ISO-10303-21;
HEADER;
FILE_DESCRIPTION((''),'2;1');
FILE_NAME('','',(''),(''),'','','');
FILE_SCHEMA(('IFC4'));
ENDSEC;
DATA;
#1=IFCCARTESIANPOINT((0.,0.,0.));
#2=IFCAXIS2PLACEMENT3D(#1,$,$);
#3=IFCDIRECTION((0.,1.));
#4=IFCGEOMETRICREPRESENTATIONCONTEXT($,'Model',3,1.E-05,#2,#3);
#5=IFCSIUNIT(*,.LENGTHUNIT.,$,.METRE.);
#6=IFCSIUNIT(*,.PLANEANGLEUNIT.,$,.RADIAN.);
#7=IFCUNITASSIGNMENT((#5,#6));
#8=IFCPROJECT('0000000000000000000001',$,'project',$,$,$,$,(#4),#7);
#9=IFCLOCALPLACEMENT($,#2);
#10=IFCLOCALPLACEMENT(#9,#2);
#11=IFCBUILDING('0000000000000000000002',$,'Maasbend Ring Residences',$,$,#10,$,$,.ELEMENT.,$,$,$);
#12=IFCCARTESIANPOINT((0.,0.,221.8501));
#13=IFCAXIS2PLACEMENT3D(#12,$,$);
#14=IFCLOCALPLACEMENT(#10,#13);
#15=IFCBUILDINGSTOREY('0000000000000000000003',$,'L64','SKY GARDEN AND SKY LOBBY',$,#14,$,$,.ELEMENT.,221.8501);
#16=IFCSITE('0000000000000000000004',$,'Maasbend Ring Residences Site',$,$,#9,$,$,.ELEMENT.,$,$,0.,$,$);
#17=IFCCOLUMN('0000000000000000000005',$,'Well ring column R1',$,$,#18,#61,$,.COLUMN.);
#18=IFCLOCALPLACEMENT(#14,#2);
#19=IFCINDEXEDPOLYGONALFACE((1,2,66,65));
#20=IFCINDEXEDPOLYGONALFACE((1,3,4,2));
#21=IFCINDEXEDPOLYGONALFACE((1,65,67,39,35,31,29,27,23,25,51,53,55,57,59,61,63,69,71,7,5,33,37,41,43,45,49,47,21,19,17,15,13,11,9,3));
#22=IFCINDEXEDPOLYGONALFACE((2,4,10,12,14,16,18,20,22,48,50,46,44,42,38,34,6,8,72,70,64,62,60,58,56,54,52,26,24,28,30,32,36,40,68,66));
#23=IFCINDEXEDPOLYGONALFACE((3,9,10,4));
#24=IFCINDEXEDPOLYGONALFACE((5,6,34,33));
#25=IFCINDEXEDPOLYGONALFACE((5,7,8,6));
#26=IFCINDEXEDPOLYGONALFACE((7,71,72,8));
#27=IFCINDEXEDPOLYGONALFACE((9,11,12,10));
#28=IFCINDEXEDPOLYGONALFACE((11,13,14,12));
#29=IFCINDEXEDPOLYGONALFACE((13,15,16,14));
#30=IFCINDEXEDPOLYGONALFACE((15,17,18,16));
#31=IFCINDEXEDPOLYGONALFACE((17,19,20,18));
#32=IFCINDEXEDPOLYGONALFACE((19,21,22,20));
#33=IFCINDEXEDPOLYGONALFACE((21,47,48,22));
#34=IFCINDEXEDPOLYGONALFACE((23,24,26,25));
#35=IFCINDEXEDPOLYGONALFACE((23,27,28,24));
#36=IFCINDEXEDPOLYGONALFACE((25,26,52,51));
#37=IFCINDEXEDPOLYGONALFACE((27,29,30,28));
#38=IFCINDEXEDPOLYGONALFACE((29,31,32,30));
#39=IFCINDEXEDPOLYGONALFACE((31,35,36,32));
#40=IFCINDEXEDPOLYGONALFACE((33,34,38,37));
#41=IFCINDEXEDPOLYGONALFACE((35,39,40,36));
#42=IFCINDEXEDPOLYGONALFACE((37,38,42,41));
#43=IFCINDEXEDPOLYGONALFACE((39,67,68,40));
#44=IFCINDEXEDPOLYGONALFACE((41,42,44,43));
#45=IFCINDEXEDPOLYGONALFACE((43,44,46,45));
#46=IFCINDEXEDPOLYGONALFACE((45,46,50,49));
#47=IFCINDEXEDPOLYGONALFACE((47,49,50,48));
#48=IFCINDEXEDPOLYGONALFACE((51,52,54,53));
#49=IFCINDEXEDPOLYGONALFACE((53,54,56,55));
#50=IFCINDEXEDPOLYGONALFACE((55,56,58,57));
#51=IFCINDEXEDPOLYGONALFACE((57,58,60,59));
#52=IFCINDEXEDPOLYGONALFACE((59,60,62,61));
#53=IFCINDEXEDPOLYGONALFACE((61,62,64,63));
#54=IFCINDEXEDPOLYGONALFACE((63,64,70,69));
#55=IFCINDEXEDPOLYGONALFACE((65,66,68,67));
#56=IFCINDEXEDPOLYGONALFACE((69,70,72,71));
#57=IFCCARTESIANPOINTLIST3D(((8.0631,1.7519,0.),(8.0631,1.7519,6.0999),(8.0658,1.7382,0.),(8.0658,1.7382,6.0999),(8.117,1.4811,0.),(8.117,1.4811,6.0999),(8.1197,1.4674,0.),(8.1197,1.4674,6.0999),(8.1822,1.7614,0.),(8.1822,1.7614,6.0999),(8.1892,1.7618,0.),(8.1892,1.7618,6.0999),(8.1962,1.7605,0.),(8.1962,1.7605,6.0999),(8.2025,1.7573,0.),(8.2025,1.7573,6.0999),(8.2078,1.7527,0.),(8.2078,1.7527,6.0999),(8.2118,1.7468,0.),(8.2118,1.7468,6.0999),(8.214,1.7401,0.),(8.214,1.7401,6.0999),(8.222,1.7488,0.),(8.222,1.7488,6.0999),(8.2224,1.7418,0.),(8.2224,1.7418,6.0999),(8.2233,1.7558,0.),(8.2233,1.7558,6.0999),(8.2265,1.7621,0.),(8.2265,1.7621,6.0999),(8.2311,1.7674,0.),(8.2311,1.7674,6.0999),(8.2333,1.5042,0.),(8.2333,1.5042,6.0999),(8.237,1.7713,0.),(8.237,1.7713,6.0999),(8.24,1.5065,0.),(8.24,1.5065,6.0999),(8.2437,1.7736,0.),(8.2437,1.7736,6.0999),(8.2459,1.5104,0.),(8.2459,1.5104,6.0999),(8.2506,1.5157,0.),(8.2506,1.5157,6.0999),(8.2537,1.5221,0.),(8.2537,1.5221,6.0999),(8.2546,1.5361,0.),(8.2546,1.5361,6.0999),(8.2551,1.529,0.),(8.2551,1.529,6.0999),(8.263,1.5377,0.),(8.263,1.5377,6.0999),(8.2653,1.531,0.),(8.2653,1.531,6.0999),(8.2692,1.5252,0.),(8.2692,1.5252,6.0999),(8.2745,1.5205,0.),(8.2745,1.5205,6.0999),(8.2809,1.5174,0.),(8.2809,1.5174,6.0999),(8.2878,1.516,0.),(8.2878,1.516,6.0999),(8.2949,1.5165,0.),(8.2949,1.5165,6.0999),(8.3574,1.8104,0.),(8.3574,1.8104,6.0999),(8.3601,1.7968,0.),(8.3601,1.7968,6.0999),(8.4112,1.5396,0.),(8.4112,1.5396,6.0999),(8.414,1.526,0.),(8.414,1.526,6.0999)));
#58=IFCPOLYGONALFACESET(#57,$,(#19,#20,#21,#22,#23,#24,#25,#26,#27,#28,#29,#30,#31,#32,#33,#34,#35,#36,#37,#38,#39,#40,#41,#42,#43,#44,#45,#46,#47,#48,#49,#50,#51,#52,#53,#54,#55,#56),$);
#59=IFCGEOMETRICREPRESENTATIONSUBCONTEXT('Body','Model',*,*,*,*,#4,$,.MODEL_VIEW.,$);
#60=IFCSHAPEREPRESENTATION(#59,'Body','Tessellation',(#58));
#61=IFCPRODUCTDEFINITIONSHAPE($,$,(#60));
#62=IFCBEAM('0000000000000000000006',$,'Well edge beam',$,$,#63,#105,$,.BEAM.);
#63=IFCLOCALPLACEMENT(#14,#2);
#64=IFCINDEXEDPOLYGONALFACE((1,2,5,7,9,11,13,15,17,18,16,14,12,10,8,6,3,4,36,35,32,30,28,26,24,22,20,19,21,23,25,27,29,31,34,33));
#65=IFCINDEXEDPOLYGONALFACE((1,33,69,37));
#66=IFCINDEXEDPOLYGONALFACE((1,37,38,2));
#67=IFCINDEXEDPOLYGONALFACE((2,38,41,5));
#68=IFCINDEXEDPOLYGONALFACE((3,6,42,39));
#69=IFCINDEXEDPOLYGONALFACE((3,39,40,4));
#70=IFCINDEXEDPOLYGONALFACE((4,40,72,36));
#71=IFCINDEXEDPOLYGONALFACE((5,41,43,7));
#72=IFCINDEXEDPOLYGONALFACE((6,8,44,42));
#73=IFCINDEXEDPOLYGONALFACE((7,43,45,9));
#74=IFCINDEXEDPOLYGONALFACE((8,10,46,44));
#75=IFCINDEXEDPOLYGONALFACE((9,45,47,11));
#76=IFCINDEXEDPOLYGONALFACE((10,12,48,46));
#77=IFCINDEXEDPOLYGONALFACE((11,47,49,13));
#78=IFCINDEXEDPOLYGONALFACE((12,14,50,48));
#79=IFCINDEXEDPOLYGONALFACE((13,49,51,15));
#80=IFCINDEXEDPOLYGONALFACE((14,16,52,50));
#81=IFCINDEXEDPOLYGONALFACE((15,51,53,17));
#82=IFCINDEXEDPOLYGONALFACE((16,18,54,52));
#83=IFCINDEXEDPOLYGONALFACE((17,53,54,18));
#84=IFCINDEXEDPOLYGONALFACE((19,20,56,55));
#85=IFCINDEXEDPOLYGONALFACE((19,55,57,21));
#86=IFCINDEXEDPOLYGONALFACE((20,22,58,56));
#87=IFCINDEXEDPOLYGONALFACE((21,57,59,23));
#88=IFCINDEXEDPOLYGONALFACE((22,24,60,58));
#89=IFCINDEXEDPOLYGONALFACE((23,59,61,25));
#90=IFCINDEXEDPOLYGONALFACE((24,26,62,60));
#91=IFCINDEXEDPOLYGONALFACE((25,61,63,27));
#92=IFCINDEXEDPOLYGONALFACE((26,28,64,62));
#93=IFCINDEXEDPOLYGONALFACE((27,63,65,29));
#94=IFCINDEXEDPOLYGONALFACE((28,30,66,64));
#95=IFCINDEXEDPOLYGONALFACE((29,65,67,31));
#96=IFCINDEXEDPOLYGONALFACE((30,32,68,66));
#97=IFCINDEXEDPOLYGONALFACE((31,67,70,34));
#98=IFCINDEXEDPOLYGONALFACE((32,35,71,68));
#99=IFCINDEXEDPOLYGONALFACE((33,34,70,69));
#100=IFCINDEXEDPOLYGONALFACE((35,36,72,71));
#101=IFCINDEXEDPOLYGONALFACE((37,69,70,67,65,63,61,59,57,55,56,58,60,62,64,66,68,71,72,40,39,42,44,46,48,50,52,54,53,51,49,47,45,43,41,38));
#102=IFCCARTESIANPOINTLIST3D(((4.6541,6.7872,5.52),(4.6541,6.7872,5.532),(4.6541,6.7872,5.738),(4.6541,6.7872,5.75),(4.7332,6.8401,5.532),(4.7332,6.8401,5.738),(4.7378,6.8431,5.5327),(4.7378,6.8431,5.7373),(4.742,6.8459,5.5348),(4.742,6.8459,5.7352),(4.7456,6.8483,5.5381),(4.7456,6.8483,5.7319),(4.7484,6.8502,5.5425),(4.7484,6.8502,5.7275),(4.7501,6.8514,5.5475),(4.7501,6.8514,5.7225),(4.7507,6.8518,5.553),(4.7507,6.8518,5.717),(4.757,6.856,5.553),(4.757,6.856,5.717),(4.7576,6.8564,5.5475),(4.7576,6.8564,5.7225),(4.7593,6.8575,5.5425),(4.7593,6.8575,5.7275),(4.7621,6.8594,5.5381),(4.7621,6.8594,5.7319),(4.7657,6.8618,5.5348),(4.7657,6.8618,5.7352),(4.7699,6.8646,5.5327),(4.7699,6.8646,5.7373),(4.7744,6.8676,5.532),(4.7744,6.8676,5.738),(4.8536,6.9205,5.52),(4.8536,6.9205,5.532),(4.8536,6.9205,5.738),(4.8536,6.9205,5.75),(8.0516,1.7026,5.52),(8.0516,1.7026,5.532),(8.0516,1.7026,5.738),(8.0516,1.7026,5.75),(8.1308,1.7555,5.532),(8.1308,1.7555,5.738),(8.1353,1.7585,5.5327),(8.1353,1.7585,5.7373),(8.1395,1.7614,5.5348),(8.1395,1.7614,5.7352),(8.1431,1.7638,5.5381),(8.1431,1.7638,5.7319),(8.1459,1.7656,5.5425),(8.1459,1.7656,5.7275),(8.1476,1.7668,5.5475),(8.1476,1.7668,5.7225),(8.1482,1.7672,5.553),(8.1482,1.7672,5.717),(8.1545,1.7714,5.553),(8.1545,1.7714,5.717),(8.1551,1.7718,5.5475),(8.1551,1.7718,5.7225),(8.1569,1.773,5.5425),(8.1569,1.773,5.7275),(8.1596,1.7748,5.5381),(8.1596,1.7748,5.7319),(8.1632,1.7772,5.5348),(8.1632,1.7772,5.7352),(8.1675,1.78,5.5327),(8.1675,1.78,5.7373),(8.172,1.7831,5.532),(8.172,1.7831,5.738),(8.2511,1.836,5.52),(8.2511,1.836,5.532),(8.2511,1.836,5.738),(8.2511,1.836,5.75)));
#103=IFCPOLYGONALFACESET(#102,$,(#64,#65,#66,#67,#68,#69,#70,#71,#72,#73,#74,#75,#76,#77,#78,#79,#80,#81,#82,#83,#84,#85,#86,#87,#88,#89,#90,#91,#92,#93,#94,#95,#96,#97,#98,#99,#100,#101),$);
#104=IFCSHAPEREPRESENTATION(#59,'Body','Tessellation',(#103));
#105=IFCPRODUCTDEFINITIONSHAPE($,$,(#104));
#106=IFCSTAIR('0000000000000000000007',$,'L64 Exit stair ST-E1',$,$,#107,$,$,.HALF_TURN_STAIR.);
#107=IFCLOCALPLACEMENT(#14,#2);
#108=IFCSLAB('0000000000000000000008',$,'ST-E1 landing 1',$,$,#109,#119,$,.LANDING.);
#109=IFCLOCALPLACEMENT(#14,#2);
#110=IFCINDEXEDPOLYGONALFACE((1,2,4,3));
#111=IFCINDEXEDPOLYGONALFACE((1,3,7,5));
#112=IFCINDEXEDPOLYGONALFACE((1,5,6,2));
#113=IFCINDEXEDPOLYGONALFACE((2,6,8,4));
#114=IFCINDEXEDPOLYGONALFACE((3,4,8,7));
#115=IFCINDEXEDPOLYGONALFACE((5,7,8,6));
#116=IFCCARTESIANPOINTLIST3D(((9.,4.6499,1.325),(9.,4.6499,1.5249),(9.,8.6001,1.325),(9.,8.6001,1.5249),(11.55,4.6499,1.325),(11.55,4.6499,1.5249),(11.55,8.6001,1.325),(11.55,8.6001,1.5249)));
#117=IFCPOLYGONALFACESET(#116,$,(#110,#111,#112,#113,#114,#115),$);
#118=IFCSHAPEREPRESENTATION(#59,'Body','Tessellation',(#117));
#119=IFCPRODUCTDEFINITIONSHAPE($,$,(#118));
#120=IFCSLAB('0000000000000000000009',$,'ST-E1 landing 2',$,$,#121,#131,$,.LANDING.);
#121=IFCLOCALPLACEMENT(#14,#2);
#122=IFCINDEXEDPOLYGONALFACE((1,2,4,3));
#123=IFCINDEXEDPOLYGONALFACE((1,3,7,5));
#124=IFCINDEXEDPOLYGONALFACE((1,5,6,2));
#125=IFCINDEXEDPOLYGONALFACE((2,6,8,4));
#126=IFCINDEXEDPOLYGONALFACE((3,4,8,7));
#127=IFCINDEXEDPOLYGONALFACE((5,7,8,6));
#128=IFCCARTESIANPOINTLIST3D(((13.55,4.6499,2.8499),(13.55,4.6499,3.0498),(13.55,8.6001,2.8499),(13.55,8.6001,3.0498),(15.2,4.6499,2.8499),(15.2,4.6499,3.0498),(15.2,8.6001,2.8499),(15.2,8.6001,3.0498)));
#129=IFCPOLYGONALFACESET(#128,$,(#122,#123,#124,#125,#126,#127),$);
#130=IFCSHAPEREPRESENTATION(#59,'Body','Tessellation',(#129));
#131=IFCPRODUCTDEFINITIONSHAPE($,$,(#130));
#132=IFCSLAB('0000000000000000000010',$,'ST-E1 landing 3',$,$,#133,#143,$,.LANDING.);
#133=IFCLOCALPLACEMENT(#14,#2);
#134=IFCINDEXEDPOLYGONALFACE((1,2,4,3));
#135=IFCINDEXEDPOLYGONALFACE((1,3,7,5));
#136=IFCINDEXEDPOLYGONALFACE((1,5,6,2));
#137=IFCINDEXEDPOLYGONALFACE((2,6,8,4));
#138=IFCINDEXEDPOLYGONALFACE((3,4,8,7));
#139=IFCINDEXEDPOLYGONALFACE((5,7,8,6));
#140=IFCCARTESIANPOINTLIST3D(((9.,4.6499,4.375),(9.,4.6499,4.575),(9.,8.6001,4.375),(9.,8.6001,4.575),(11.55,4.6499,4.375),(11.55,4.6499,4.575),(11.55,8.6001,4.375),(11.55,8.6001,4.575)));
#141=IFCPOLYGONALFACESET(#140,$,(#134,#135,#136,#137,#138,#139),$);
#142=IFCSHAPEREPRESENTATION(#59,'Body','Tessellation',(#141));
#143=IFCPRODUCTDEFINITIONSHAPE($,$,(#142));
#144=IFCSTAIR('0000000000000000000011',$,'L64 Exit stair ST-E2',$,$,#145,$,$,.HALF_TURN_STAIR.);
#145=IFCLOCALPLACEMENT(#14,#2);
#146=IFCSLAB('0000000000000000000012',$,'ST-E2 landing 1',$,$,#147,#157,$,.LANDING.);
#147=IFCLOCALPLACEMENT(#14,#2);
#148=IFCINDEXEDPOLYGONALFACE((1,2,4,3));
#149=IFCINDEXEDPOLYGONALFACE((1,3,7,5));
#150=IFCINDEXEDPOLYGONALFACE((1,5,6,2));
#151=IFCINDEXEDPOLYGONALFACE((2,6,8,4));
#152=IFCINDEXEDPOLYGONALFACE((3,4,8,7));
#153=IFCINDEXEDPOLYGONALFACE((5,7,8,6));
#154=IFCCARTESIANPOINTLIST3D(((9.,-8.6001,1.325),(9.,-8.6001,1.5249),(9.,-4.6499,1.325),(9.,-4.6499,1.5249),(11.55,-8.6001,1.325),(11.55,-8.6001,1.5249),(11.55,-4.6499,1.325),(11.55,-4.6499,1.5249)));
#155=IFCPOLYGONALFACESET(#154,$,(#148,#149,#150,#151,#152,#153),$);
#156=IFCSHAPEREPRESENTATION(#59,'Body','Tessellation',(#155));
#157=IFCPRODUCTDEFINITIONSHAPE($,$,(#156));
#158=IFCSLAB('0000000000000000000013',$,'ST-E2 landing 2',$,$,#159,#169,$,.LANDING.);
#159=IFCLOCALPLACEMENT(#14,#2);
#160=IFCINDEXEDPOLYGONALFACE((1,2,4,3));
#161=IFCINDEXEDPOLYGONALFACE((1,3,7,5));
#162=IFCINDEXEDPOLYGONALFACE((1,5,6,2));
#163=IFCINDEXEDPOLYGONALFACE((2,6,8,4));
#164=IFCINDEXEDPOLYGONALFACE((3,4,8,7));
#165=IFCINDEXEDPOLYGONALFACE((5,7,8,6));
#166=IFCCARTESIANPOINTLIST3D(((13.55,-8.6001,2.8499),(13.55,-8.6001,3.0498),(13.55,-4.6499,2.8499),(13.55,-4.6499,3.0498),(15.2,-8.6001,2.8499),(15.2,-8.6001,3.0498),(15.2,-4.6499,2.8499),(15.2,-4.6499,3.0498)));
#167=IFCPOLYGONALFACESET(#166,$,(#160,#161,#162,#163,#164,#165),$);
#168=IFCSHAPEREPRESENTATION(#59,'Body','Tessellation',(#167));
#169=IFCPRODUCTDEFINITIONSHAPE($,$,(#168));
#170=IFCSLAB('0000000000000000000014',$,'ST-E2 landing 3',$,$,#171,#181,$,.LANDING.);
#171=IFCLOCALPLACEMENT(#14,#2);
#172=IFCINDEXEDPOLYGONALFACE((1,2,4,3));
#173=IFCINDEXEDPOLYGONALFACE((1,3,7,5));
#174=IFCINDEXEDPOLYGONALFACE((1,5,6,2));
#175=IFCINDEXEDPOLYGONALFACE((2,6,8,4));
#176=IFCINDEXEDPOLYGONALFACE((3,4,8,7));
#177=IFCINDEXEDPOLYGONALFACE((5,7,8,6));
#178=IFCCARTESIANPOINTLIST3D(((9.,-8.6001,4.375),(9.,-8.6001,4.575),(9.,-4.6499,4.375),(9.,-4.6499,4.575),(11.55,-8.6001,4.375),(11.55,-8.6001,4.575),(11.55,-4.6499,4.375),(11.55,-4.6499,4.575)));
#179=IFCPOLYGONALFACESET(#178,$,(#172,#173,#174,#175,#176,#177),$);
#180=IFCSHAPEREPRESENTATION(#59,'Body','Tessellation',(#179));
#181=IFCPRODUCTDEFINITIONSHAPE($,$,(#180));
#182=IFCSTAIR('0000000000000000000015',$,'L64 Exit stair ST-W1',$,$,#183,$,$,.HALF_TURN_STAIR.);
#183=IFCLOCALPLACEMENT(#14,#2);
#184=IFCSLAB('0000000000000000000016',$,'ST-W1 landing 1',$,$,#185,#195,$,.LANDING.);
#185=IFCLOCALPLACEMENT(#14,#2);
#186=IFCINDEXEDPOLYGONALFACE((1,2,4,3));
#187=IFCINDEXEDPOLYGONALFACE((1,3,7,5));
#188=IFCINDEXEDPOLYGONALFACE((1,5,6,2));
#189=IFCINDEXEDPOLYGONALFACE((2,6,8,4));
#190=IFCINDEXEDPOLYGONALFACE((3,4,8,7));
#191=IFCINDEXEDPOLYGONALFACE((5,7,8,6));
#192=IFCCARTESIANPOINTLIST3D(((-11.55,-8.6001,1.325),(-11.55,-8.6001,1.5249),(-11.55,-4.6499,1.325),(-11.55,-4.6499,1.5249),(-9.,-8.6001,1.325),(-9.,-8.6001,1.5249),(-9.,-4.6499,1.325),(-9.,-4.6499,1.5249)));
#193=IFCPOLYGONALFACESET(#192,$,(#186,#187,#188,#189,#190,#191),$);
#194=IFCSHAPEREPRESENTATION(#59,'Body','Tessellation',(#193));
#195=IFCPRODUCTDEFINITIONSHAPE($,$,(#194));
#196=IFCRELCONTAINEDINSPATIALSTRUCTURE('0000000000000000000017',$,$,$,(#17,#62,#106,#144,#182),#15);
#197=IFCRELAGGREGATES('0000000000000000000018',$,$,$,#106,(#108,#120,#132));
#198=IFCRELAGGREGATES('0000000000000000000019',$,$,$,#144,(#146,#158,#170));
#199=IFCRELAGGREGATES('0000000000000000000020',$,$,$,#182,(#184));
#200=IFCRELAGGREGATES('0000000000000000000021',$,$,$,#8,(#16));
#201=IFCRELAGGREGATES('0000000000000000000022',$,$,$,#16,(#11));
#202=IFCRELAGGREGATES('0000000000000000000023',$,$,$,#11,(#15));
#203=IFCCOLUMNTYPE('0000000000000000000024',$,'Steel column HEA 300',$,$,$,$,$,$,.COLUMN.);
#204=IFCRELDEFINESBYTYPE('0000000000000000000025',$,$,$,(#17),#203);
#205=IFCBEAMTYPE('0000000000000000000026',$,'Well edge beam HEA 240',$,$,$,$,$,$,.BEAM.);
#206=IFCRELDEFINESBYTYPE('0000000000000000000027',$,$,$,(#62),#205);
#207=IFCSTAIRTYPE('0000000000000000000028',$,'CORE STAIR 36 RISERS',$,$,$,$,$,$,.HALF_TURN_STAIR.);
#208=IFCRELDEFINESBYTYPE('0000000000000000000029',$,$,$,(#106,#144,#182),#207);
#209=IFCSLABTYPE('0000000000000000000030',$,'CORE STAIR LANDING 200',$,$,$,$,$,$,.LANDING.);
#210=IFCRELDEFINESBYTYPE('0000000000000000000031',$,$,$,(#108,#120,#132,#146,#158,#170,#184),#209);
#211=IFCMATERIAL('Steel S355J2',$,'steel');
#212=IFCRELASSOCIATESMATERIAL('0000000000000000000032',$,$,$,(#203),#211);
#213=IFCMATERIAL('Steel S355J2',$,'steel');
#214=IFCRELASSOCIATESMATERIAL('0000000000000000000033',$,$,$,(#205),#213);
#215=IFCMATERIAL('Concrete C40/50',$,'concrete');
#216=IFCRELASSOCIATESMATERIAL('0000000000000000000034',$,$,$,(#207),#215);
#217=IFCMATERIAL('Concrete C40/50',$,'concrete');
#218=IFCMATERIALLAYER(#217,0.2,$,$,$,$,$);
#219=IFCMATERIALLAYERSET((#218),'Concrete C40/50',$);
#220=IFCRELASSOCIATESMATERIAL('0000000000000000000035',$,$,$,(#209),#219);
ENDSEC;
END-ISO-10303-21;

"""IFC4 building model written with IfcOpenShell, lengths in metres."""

from ifc_helpers import new_model, si_unit, direction, frame, origin, origin_2d, place, context, subcontext, project, spatial, polyline, i_section, outline, extrude, material, layer, layer_set, material_profile, profile_set, type_object, element, aggregate, save


model = new_model("IFC4")

# Units and contexts
model_context = context("Model", 3, precision=1e-05, world=origin(), true_north=direction((0.0, 1.0)))
body_context = subcontext(model_context, "Body", "Model", "MODEL_VIEW")
ifc_project = project(units=[si_unit("LENGTHUNIT", "METRE"), si_unit("PLANEANGLEUNIT", "RADIAN")], contexts=[model_context])

# Site, building, storey
site_placement = place(None, origin())
site = spatial("IfcSite", under=ifc_project, at=site_placement, Name="Maasbend Ring Residences Site", CompositionType="ELEMENT", RefElevation=0.0)
building_placement = place(site_placement, origin())
building = spatial("IfcBuilding", under=site, at=building_placement, Name="Maasbend Ring Residences", CompositionType="ELEMENT")
storey_placement = place(building_placement, frame((0.0, 0.0, 221.8501)))
storey = spatial("IfcBuildingStorey", under=building, at=storey_placement, Name="L64", Description="SKY GARDEN AND SKY LOBBY", CompositionType="ELEMENT", Elevation=221.8501)

# Column
ifc_material_1 = material(Name="Steel S355J2", Category="steel")
ifc_material_profile_1 = material_profile(ifc_material_1, i_section(OverallWidth=0.3, OverallDepth=0.29, WebThickness=0.0085, FlangeThickness=0.0139, FilletRadius=0.0271, at=origin_2d()), Name="HEA 300")
ifc_profile_set_1 = profile_set([ifc_material_profile_1], Name="Steel S355J2")
column_type = type_object("IfcColumnType", Name="Steel column HEA 300", PredefinedType="COLUMN", material=ifc_profile_set_1)
column_placement = place(storey_placement, frame((8.2385, 1.6389, 0.0), z_axis=(0.0, 0.0, 1.0), x_axis=(0.980785, 0.19509, 0.0)))
element("IfcColumn", 1, at=column_placement, inside=storey, type_object=column_type, Name="Well ring column R1", PredefinedType="COLUMN", context=body_context, shape_type="SweptSolid", body=[
    extrude(i_section(OverallWidth=0.3, OverallDepth=0.29, WebThickness=0.0085, FlangeThickness=0.0139, FilletRadius=0.0271, at=origin_2d()), origin(), (0.0, 0.0, 1.0), 6.0999),
])

# Beam
ifc_material_2 = material(Name="Steel S355J2", Category="steel")
ifc_material_profile_2 = material_profile(ifc_material_2, i_section(OverallWidth=0.24, OverallDepth=0.23, WebThickness=0.0076, FlangeThickness=0.012, FilletRadius=0.021, at=origin_2d()), Name="HEA 240")
ifc_profile_set_2 = profile_set([ifc_material_profile_2], Name="Steel S355J2")
beam_type = type_object("IfcBeamType", Name="Well edge beam HEA 240", PredefinedType="BEAM", material=ifc_profile_set_2)
beam_placement = place(storey_placement, frame((8.1514, 1.7693, 5.635), z_axis=(-0.555584, 0.83146, 0.0), x_axis=(-0.83146, -0.555584, 0.0)))
element("IfcBeam", 2, at=beam_placement, inside=storey, type_object=beam_type, Name="Well edge beam", PredefinedType="BEAM", context=body_context, shape_type="SweptSolid", body=[
    extrude(i_section(OverallWidth=0.24, OverallDepth=0.23, WebThickness=0.0076, FlangeThickness=0.012, FilletRadius=0.021, at=origin_2d()), origin(), (0.0, 0.0, 1.0), 6.1152),
])

# Stairs, slabs
ifc_material_3 = material(Name="Concrete C40/50", Category="concrete")
stair_type = type_object("IfcStairType", Name="CORE STAIR 36 RISERS", PredefinedType="HALF_TURN_STAIR", material=ifc_material_3)
stair_1_placement = place(storey_placement, origin())
stair_1 = element("IfcStair", 3, at=stair_1_placement, inside=storey, type_object=stair_type, Name="L64 Exit stair ST-E1", PredefinedType="HALF_TURN_STAIR")
ifc_material_4 = material(Name="Concrete C40/50", Category="concrete")
ifc_layer_1 = layer(ifc_material_4, 0.2)
ifc_layer_set_1 = layer_set([ifc_layer_1], Name="Concrete C40/50")
slab_type_1 = type_object("IfcSlabType", Name="CORE STAIR LANDING 200", PredefinedType="LANDING", material=ifc_layer_set_1)
slab_1_placement = place(storey_placement, frame((0.0, 0.0, 1.325)))
slab_1 = element("IfcSlab", 4, at=slab_1_placement, type_object=slab_type_1, Name="ST-E1 landing 1", PredefinedType="LANDING", context=body_context, shape_type="SweptSolid", body=[
    extrude(outline(polyline([(11.55, 8.6001), (9.0, 8.6001), (9.0, 4.6499), (11.55, 4.6499), (11.55, 8.6001)])), origin(), (0.0, 0.0, 1.0), 0.2),
])
slab_2_placement = place(storey_placement, frame((0.0, 0.0, 2.8499)))
slab_2 = element("IfcSlab", 5, at=slab_2_placement, type_object=slab_type_1, Name="ST-E1 landing 2", PredefinedType="LANDING", context=body_context, shape_type="SweptSolid", body=[
    extrude(outline(polyline([(15.2, 8.6001), (13.55, 8.6001), (13.55, 4.6499), (15.2, 4.6499), (15.2, 8.6001)])), origin(), (0.0, 0.0, 1.0), 0.2),
])
slab_3_placement = place(storey_placement, frame((0.0, 0.0, 4.375)))
slab_3 = element("IfcSlab", 6, at=slab_3_placement, type_object=slab_type_1, Name="ST-E1 landing 3", PredefinedType="LANDING", context=body_context, shape_type="SweptSolid", body=[
    extrude(outline(polyline([(11.55, 8.6001), (9.0, 8.6001), (9.0, 4.6499), (11.55, 4.6499), (11.55, 8.6001)])), origin(), (0.0, 0.0, 1.0), 0.2),
])
aggregate(stair_1, [slab_1, slab_2, slab_3])
stair_2_placement = place(storey_placement, origin())
stair_2 = element("IfcStair", 7, at=stair_2_placement, inside=storey, type_object=stair_type, Name="L64 Exit stair ST-E2", PredefinedType="HALF_TURN_STAIR")
slab_4_placement = place(storey_placement, frame((0.0, 0.0, 1.325)))
slab_4 = element("IfcSlab", 8, at=slab_4_placement, type_object=slab_type_1, Name="ST-E2 landing 1", PredefinedType="LANDING", context=body_context, shape_type="SweptSolid", body=[
    extrude(outline(polyline([(11.55, -4.6499), (9.0, -4.6499), (9.0, -8.6001), (11.55, -8.6001), (11.55, -4.6499)])), origin(), (0.0, 0.0, 1.0), 0.2),
])
slab_5_placement = place(storey_placement, frame((0.0, 0.0, 2.8499)))
slab_5 = element("IfcSlab", 9, at=slab_5_placement, type_object=slab_type_1, Name="ST-E2 landing 2", PredefinedType="LANDING", context=body_context, shape_type="SweptSolid", body=[
    extrude(outline(polyline([(15.2, -4.6499), (13.55, -4.6499), (13.55, -8.6001), (15.2, -8.6001), (15.2, -4.6499)])), origin(), (0.0, 0.0, 1.0), 0.2),
])
slab_6_placement = place(storey_placement, frame((0.0, 0.0, 4.375)))
slab_6 = element("IfcSlab", 10, at=slab_6_placement, type_object=slab_type_1, Name="ST-E2 landing 3", PredefinedType="LANDING", context=body_context, shape_type="SweptSolid", body=[
    extrude(outline(polyline([(11.55, -4.6499), (9.0, -4.6499), (9.0, -8.6001), (11.55, -8.6001), (11.55, -4.6499)])), origin(), (0.0, 0.0, 1.0), 0.2),
])
aggregate(stair_2, [slab_4, slab_5, slab_6])
stair_3_placement = place(storey_placement, origin())
stair_3 = element("IfcStair", 11, at=stair_3_placement, inside=storey, type_object=stair_type, Name="L64 Exit stair ST-W1", PredefinedType="HALF_TURN_STAIR")
slab_7_placement = place(storey_placement, frame((0.0, 0.0, 1.325)))
slab_7 = element("IfcSlab", 12, at=slab_7_placement, type_object=slab_type_1, Name="ST-W1 landing 1", PredefinedType="LANDING", context=body_context, shape_type="SweptSolid", body=[
    extrude(outline(polyline([(-11.55, -8.6001), (-9.0, -8.6001), (-9.0, -4.6499), (-11.55, -4.6499), (-11.55, -8.6001)])), origin(), (0.0, 0.0, 1.0), 0.2),
])
aggregate(stair_3, [slab_7])

save(model, "model.ifc")
